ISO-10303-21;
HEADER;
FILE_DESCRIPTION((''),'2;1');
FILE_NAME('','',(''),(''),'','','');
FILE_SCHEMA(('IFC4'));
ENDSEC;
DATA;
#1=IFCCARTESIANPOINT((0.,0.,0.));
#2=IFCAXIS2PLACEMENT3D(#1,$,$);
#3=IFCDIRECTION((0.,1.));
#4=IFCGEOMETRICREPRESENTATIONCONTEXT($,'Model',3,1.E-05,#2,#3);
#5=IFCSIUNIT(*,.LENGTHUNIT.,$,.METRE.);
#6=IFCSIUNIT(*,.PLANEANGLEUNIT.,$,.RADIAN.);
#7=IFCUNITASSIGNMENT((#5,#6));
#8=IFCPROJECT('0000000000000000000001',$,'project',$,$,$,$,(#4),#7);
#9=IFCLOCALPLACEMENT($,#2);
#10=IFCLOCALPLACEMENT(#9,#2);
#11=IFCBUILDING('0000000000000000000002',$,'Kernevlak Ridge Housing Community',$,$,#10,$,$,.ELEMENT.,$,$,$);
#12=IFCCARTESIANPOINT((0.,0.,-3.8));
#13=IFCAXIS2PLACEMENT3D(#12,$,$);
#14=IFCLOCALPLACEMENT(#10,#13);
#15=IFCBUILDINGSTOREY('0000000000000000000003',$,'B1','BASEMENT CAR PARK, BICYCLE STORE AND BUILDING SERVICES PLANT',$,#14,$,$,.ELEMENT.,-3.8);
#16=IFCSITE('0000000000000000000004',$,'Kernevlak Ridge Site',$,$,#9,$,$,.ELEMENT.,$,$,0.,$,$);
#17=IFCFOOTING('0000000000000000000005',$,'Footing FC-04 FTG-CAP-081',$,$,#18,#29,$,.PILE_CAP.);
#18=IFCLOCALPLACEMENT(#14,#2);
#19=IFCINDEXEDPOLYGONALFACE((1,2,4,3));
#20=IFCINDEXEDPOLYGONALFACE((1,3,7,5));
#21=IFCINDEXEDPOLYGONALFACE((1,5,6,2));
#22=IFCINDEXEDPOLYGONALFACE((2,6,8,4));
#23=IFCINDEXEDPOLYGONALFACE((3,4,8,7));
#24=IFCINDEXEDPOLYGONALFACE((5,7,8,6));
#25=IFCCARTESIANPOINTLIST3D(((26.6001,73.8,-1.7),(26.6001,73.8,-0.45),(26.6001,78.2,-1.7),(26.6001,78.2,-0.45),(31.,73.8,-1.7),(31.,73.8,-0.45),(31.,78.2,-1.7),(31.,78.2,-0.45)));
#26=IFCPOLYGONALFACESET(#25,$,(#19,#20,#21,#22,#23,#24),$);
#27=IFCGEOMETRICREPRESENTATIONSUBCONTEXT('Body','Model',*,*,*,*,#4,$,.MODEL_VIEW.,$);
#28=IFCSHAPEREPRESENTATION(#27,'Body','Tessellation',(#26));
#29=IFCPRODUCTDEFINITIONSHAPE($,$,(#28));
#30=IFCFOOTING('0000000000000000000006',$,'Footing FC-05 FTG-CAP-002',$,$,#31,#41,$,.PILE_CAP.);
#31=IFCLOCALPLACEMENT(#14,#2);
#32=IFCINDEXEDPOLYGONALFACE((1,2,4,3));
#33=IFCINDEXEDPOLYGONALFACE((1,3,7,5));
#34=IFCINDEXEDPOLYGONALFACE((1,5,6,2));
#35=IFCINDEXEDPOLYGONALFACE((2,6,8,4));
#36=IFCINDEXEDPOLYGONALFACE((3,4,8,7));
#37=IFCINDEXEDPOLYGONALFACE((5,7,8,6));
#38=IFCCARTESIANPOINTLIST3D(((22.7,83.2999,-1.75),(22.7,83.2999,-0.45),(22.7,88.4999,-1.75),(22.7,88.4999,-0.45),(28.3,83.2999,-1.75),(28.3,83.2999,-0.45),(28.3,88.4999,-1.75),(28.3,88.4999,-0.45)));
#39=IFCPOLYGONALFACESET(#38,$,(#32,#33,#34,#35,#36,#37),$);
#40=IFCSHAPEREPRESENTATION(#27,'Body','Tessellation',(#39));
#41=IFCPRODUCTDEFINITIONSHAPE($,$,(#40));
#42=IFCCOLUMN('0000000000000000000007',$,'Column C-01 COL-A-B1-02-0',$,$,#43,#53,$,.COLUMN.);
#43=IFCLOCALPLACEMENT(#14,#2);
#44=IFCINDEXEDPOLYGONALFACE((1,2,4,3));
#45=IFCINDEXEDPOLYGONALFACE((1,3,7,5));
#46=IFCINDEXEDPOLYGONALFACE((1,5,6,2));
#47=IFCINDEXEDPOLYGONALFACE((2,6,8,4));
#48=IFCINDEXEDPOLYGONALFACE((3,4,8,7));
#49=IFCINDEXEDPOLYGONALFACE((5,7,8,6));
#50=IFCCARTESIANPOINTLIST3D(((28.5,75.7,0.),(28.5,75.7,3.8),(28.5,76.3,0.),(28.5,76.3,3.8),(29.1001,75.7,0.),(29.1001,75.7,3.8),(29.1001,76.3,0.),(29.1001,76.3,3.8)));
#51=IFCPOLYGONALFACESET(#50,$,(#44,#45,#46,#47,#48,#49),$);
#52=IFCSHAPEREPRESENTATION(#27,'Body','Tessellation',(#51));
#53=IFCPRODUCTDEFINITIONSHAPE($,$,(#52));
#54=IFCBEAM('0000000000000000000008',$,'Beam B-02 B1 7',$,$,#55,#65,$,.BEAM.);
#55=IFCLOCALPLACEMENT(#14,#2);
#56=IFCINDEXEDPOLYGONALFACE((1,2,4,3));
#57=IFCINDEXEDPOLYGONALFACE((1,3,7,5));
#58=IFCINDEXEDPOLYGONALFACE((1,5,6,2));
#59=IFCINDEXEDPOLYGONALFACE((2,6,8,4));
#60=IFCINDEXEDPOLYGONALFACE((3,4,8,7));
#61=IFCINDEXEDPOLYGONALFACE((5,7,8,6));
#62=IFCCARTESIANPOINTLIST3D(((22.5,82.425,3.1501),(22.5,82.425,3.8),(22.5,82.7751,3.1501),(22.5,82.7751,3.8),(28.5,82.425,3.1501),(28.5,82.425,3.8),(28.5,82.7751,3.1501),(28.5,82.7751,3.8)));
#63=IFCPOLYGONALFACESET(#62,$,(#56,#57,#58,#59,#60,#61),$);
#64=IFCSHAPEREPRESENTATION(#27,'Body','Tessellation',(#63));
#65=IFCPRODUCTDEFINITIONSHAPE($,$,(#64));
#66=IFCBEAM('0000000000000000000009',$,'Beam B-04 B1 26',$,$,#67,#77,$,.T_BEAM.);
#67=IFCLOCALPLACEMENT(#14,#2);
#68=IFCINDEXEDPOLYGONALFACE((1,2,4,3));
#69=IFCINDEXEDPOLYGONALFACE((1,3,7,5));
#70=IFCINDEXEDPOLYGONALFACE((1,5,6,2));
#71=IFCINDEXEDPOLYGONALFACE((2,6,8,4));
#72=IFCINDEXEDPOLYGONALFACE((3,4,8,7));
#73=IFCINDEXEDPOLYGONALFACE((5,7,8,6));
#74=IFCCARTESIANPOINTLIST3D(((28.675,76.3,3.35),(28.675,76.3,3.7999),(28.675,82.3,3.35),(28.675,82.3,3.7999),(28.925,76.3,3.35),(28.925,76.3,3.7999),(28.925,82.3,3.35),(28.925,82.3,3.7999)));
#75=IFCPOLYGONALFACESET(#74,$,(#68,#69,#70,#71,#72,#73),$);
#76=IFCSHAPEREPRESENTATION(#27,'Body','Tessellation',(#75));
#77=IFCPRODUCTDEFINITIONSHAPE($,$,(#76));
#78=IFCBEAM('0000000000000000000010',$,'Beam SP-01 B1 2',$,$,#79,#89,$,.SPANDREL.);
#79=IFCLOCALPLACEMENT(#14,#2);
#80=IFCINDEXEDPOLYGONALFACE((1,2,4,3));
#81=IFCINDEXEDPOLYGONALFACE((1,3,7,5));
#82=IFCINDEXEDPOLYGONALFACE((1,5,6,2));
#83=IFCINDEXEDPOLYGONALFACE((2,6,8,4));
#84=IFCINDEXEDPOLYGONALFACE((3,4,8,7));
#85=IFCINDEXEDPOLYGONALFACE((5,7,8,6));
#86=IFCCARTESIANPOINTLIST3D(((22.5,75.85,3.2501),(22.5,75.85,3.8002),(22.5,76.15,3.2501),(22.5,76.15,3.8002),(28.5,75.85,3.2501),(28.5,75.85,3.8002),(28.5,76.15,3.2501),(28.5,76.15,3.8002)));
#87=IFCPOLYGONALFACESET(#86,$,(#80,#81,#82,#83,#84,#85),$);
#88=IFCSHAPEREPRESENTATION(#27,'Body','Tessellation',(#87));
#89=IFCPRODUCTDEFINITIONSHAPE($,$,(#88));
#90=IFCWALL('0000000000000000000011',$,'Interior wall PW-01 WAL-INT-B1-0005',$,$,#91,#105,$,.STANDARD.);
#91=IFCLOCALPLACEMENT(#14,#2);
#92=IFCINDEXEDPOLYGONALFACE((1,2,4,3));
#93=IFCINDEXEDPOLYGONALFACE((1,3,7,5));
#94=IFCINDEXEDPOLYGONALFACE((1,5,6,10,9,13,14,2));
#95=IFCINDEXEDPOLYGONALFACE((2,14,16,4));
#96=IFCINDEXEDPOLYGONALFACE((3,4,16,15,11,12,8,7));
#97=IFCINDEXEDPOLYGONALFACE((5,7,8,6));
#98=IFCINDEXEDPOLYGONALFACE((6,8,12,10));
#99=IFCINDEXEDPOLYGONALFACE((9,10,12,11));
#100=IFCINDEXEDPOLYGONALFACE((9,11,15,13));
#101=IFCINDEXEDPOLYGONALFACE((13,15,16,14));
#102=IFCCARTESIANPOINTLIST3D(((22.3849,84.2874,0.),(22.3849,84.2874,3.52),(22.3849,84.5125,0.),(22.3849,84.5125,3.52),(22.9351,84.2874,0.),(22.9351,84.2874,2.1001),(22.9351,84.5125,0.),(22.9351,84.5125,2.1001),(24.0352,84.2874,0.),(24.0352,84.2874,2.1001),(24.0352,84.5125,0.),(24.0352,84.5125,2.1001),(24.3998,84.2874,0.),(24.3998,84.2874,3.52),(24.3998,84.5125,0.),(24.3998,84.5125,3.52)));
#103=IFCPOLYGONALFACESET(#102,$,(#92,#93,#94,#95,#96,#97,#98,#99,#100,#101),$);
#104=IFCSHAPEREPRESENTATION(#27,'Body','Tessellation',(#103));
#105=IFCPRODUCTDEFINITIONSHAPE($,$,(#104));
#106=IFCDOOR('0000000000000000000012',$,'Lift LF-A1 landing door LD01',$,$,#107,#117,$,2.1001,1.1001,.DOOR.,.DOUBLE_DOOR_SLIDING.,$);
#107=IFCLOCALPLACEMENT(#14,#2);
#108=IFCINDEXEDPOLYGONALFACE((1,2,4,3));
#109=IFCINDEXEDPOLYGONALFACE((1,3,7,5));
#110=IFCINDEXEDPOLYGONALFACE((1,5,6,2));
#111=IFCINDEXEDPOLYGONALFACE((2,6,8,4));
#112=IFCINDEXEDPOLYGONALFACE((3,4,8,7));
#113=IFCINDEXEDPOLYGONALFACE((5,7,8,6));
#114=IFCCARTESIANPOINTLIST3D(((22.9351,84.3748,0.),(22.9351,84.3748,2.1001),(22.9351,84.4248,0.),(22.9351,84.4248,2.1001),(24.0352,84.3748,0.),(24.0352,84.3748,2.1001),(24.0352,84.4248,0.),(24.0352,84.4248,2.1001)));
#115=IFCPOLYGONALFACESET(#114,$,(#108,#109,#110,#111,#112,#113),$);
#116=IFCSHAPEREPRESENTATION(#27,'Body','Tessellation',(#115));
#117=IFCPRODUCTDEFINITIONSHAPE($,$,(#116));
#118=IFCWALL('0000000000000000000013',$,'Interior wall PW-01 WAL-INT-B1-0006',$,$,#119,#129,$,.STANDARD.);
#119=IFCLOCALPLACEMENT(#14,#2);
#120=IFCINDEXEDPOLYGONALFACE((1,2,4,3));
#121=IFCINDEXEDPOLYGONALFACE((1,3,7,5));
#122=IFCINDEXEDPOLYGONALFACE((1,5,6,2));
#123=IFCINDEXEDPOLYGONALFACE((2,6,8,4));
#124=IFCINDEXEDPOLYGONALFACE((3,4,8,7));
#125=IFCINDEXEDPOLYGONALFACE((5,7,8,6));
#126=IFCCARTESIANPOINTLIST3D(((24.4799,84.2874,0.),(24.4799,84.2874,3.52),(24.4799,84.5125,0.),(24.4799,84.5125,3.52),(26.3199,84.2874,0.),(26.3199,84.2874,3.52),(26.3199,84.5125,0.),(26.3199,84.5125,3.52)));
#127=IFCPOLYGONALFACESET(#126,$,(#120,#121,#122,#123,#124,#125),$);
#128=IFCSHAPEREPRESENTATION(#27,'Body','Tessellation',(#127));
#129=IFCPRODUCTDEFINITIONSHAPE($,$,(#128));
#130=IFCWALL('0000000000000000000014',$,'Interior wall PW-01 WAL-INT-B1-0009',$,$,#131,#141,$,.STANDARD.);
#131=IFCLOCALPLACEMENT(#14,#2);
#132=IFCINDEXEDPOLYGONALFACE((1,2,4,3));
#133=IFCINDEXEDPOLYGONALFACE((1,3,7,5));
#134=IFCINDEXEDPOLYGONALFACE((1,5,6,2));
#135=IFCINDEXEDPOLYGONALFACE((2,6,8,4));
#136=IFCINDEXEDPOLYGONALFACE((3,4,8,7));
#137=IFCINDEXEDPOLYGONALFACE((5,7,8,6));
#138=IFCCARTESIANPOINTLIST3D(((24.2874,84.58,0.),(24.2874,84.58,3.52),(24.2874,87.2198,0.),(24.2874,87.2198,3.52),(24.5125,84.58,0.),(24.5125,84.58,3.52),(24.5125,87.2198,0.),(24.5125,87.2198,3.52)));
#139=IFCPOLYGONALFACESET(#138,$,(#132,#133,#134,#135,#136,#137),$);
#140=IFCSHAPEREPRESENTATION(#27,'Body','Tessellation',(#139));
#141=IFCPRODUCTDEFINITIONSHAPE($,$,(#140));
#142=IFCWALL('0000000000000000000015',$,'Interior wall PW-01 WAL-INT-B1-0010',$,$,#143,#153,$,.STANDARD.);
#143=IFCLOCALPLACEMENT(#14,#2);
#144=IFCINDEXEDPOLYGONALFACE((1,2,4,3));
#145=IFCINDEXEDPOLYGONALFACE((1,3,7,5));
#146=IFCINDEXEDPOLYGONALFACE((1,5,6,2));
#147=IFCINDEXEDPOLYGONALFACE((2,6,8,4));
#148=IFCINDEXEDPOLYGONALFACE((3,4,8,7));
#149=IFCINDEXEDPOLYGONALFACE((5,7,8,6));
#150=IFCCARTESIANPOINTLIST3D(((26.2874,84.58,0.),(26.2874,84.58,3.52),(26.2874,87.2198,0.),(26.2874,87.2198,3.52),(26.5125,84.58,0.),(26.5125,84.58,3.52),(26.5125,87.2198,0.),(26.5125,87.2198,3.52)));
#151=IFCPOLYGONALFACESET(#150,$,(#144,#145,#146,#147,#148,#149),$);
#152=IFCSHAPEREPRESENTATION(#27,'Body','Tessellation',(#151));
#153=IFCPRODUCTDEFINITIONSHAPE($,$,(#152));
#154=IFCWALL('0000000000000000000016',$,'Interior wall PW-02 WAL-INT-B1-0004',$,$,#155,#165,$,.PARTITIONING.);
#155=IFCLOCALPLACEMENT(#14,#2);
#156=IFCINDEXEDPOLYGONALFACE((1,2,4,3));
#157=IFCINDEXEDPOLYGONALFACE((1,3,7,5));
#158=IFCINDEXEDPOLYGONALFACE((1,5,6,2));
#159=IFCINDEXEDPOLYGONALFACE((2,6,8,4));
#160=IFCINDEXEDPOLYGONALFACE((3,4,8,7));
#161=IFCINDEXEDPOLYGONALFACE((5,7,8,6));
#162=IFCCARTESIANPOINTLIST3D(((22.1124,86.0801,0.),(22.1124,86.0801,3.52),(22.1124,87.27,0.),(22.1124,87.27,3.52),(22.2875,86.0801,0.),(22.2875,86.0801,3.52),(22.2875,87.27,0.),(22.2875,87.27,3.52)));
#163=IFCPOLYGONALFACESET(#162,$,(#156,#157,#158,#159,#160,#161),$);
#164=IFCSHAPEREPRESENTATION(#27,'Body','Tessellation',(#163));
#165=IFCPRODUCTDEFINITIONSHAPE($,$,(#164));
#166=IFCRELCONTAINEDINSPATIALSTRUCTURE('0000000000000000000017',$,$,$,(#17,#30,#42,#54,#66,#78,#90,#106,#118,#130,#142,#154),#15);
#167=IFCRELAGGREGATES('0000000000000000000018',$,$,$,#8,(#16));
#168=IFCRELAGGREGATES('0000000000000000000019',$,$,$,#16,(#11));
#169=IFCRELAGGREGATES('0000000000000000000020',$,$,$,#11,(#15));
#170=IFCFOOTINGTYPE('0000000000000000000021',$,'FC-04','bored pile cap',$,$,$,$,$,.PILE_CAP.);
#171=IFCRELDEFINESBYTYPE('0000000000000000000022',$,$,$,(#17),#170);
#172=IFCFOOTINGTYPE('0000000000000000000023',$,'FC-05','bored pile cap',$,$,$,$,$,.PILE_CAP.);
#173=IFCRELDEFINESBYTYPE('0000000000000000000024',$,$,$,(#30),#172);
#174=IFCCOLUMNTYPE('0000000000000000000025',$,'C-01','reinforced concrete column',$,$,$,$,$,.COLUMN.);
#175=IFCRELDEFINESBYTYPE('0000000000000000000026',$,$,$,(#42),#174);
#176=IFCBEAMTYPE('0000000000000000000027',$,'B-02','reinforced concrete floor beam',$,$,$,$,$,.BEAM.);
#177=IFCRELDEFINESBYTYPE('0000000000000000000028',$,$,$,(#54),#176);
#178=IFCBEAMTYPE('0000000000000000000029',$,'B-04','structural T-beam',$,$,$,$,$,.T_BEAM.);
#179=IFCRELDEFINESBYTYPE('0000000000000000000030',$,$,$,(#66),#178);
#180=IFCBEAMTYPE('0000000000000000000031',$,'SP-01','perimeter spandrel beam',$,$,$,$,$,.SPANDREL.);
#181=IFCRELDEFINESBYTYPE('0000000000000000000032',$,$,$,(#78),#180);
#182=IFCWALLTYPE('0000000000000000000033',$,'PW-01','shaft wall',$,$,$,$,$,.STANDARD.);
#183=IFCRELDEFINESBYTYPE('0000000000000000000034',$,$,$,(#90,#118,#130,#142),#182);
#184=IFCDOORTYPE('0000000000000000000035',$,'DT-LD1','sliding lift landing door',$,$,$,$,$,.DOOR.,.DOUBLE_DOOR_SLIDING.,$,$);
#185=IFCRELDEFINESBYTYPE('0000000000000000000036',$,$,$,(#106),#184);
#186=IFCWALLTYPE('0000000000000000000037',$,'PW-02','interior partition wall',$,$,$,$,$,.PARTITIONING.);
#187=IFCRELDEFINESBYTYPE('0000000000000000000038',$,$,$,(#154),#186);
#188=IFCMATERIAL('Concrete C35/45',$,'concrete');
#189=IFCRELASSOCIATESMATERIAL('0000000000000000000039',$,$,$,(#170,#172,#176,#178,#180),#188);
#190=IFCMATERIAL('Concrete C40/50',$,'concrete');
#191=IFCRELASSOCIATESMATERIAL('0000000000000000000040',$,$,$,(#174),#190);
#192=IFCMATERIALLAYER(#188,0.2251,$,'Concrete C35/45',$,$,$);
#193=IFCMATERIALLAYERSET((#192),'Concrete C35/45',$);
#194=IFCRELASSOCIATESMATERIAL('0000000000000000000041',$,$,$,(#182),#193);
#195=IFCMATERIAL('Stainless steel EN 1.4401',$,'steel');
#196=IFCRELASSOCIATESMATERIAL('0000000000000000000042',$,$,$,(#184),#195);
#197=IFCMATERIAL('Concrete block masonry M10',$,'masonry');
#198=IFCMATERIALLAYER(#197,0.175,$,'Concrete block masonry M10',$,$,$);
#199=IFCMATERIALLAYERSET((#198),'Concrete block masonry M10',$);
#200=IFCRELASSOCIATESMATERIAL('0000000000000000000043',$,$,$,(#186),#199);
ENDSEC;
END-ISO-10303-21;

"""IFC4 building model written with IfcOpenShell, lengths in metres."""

from ifc_helpers import new_model, si_unit, direction, frame, frame_2d, origin, origin_2d, place, context, subcontext, project, spatial, rectangle, extrude, material, layer, layer_set, material_profile, profile_set, type_object, element, fill, save


model = new_model("IFC4")

# Units and contexts
model_context = context("Model", 3, precision=1e-05, world=origin(), true_north=direction((0.0, 1.0)))
body_context = subcontext(model_context, "Body", "Model", "MODEL_VIEW")
ifc_project = project(units=[si_unit("LENGTHUNIT", "METRE"), si_unit("PLANEANGLEUNIT", "RADIAN")], contexts=[model_context])

# Site, building, storey
site_placement = place(None, origin())
site = spatial("IfcSite", under=ifc_project, at=site_placement, Name="Kernevlak Ridge Site", CompositionType="ELEMENT", RefElevation=0.0)
building_placement = place(site_placement, origin())
building = spatial("IfcBuilding", under=site, at=building_placement, Name="Kernevlak Ridge Housing Community", CompositionType="ELEMENT")
storey_placement = place(building_placement, frame((0.0, 0.0, -3.8)))
storey = spatial("IfcBuildingStorey", under=building, at=storey_placement, Name="B1", Description="BASEMENT CAR PARK, BICYCLE STORE AND BUILDING SERVICES PLANT", CompositionType="ELEMENT", Elevation=-3.8)

# Shared definitions
ifc_material_1 = material(Name="Concrete C35/45", Category="concrete")

# Footings
footing_type_1 = type_object("IfcFootingType", Name="FC-04", Description="bored pile cap", PredefinedType="PILE_CAP", material=ifc_material_1)
footing_1_placement = place(storey_placement, frame((28.8, 76.0, -1.7), z_axis=(0.0, 0.0, 1.0), x_axis=(1.0, 0.0, 0.0)))
element("IfcFooting", 1, at=footing_1_placement, inside=storey, type_object=footing_type_1, Name="Footing FC-04 FTG-CAP-081", PredefinedType="PILE_CAP", context=body_context, shape_type="SweptSolid", body=[
    extrude(rectangle(XDim=4.3999, YDim=4.3999, at=origin_2d()), origin(), (0.0, 0.0, 1.0), 1.25),
])
footing_type_2 = type_object("IfcFootingType", Name="FC-05", Description="bored pile cap", PredefinedType="PILE_CAP", material=ifc_material_1)
footing_2_placement = place(storey_placement, frame((25.5, 85.8999, -1.75), z_axis=(0.0, 0.0, 1.0), x_axis=(1.0, 0.0, 0.0)))
element("IfcFooting", 2, at=footing_2_placement, inside=storey, type_object=footing_type_2, Name="Footing FC-05 FTG-CAP-002", PredefinedType="PILE_CAP", context=body_context, shape_type="SweptSolid", body=[
    extrude(rectangle(XDim=5.6001, YDim=5.2, at=origin_2d()), origin(), (0.0, 0.0, 1.0), 1.3),
])

# Column
ifc_material_2 = material(Name="Concrete C40/50", Category="concrete")
ifc_material_profile_1 = material_profile(ifc_material_2, rectangle(XDim=0.6001, YDim=0.6001, at=origin_2d()), Name="RC 600x600")
ifc_profile_set_1 = profile_set([ifc_material_profile_1], Name="Concrete C40/50")
column_type = type_object("IfcColumnType", Name="C-01", Description="reinforced concrete column", PredefinedType="COLUMN", material=ifc_profile_set_1)
column_placement = place(storey_placement, frame((28.8, 76.0, 0.0), z_axis=(0.0, 0.0, 1.0), x_axis=(1.0, 0.0, 0.0)))
element("IfcColumn", 3, at=column_placement, inside=storey, type_object=column_type, Name="Column C-01 COL-A-B1-02-0", PredefinedType="COLUMN", context=body_context, shape_type="SweptSolid", body=[
    extrude(rectangle(XDim=0.6001, YDim=0.6001, at=origin_2d()), origin(), (0.0, 0.0, 1.0), 3.8),
])

# Beams
ifc_material_profile_2 = material_profile(ifc_material_1, rectangle(XDim=0.3501, YDim=0.6499, at=origin_2d()), Name="RC 350x650")
ifc_profile_set_2 = profile_set([ifc_material_profile_2], Name="Concrete C35/45")
beam_type_1 = type_object("IfcBeamType", Name="B-02", Description="reinforced concrete floor beam", PredefinedType="BEAM", material=ifc_profile_set_2)
beam_1_placement = place(storey_placement, frame((22.5, 82.6001, 3.4751), z_axis=(1.0, 0.0, 0.0), x_axis=(0.0, 1.0, 0.0)))
element("IfcBeam", 4, at=beam_1_placement, inside=storey, type_object=beam_type_1, Name="Beam B-02 B1 7", PredefinedType="BEAM", context=body_context, shape_type="SweptSolid", body=[
    extrude(rectangle(XDim=0.3501, YDim=0.6499, at=origin_2d()), origin(), (0.0, 0.0, 1.0), 6.0),
])
ifc_material_profile_3 = material_profile(ifc_material_1, rectangle(XDim=0.25, YDim=0.45, at=origin_2d()), Name="RC 250x450")
ifc_profile_set_3 = profile_set([ifc_material_profile_3], Name="Concrete C35/45")
beam_type_2 = type_object("IfcBeamType", Name="B-04", Description="structural T-beam", PredefinedType="T_BEAM", material=ifc_profile_set_3)
beam_2_placement = place(storey_placement, frame((28.8, 76.3, 3.575), z_axis=(0.0, 1.0, 0.0), x_axis=(-1.0, 0.0, 0.0)))
element("IfcBeam", 5, at=beam_2_placement, inside=storey, type_object=beam_type_2, Name="Beam B-04 B1 26", PredefinedType="T_BEAM", context=body_context, shape_type="SweptSolid", body=[
    extrude(rectangle(XDim=0.25, YDim=0.45, at=origin_2d()), origin(), (0.0, 0.0, 1.0), 6.0),
])
ifc_material_profile_4 = material_profile(ifc_material_1, rectangle(XDim=0.3, YDim=0.55, at=origin_2d()), Name="RC 300x550")
ifc_profile_set_4 = profile_set([ifc_material_profile_4], Name="Concrete C35/45")
beam_type_3 = type_object("IfcBeamType", Name="SP-01", Description="perimeter spandrel beam", PredefinedType="SPANDREL", material=ifc_profile_set_4)
beam_3_placement = place(storey_placement, frame((22.5, 76.0, 3.5251), z_axis=(1.0, 0.0, 0.0), x_axis=(0.0, 1.0, 0.0)))
element("IfcBeam", 6, at=beam_3_placement, inside=storey, type_object=beam_type_3, Name="Beam SP-01 B1 2", PredefinedType="SPANDREL", context=body_context, shape_type="SweptSolid", body=[
    extrude(rectangle(XDim=0.3, YDim=0.55, at=origin_2d()), origin(), (0.0, 0.0, 1.0), 6.0),
])

# Wall, opening, door
ifc_layer_1 = layer(ifc_material_1, 0.2251, Name="Concrete C35/45")
ifc_layer_set_1 = layer_set([ifc_layer_1], Name="Concrete C35/45")
wall_type_1 = type_object("IfcWallType", Name="PW-01", Description="shaft wall", PredefinedType="STANDARD", material=ifc_layer_set_1)
wall_1_placement = place(storey_placement, frame((22.385, 84.3999, 0.0), z_axis=(0.0, 0.0, 1.0), x_axis=(1.0, 0.0, 0.0)))
wall_1 = element("IfcWall", 7, at=wall_1_placement, inside=storey, type_object=wall_type_1, Name="Interior wall PW-01 WAL-INT-B1-0005", PredefinedType="STANDARD", context=body_context, shape_type="SweptSolid", body=[
    extrude(rectangle(XDim=2.0149, YDim=0.2251, at=frame_2d((1.0073, 0.0))), origin(), (0.0, 0.0, 1.0), 3.52),
])
opening_1_placement = place(wall_1_placement, frame((0.55, 0.0, 0.0)))
opening_1 = element("IfcOpeningElement", 8, at=opening_1_placement, cuts=wall_1, PredefinedType="OPENING", context=body_context, shape_type="SweptSolid", body=[
    extrude(rectangle(XDim=1.1001, YDim=2.1001, at=frame_2d((0.55, 1.05))), frame((0.0, 0.1226, 0.0), z_axis=(0.0, -1.0, 0.0), x_axis=(1.0, 0.0, 0.0)), (0.0, 0.0, 1.0), 0.2451),
])
ifc_material_3 = material(Name="Stainless steel EN 1.4401", Category="steel")
door_type_1 = type_object("IfcDoorType", Name="DT-LD1", Description="sliding lift landing door", OperationType="DOUBLE_DOOR_SLIDING", PredefinedType="DOOR", material=ifc_material_3)
door_1_placement = place(opening_1_placement, origin())
door_1 = element("IfcDoor", 9, at=door_1_placement, inside=storey, type_object=door_type_1, Name="Lift LF-A1 landing door LD01", OperationType="DOUBLE_DOOR_SLIDING", OverallHeight=2.1001, OverallWidth=1.1001, PredefinedType="DOOR", context=body_context, shape_type="SweptSolid", body=[
    extrude(rectangle(XDim=1.1001, YDim=2.1001, at=frame_2d((0.55, 1.05))), frame((0.0, 0.0249, 0.0), z_axis=(0.0, -1.0, 0.0), x_axis=(1.0, 0.0, 0.0)), (0.0, 0.0, 1.0), 0.05),
])
fill(opening_1, door_1)

# Walls
wall_2_placement = place(storey_placement, frame((24.48, 84.3999, 0.0), z_axis=(0.0, 0.0, 1.0), x_axis=(1.0, 0.0, 0.0)))
element("IfcWall", 10, at=wall_2_placement, inside=storey, type_object=wall_type_1, Name="Interior wall PW-01 WAL-INT-B1-0006", PredefinedType="STANDARD", context=body_context, shape_type="SweptSolid", body=[
    extrude(rectangle(XDim=1.8401, YDim=0.2251, at=frame_2d((0.9199, 0.0))), origin(), (0.0, 0.0, 1.0), 3.52),
])
for number, where, z_axis, x_axis, name in (
    (11, (24.3999, 84.5801, 0.0), (0.0, 0.0, 1.0), (0.0, 1.0, 0.0), "Interior wall PW-01 WAL-INT-B1-0009"),
    (12, (26.3999, 84.5801, 0.0), (0.0, 0.0, 1.0), (0.0, 1.0, 0.0), "Interior wall PW-01 WAL-INT-B1-0010"),
):
    element("IfcWall", number, at=place(storey_placement, frame(where, z_axis=z_axis, x_axis=x_axis)), inside=storey, type_object=wall_type_1, Name=name, PredefinedType="STANDARD", context=body_context, shape_type="SweptSolid", body=[
        extrude(rectangle(XDim=2.6399, YDim=0.2251, at=frame_2d((1.3198, 0.0))), origin(), (0.0, 0.0, 1.0), 3.52),
    ])
ifc_material_4 = material(Name="Concrete block masonry M10", Category="masonry")
ifc_layer_2 = layer(ifc_material_4, 0.175, Name="Concrete block masonry M10")
ifc_layer_set_2 = layer_set([ifc_layer_2], Name="Concrete block masonry M10")
wall_type_2 = type_object("IfcWallType", Name="PW-02", Description="interior partition wall", PredefinedType="PARTITIONING", material=ifc_layer_set_2)
wall_3_placement = place(storey_placement, frame((22.2, 86.0801, 0.0), z_axis=(0.0, 0.0, 1.0), x_axis=(0.0, 1.0, 0.0)))
element("IfcWall", 13, at=wall_3_placement, inside=storey, type_object=wall_type_2, Name="Interior wall PW-02 WAL-INT-B1-0004", PredefinedType="PARTITIONING", context=body_context, shape_type="SweptSolid", body=[
    extrude(rectangle(XDim=1.1899, YDim=0.175, at=frame_2d((0.595, 0.0))), origin(), (0.0, 0.0, 1.0), 3.52),
])

save(model, "model.ifc")
